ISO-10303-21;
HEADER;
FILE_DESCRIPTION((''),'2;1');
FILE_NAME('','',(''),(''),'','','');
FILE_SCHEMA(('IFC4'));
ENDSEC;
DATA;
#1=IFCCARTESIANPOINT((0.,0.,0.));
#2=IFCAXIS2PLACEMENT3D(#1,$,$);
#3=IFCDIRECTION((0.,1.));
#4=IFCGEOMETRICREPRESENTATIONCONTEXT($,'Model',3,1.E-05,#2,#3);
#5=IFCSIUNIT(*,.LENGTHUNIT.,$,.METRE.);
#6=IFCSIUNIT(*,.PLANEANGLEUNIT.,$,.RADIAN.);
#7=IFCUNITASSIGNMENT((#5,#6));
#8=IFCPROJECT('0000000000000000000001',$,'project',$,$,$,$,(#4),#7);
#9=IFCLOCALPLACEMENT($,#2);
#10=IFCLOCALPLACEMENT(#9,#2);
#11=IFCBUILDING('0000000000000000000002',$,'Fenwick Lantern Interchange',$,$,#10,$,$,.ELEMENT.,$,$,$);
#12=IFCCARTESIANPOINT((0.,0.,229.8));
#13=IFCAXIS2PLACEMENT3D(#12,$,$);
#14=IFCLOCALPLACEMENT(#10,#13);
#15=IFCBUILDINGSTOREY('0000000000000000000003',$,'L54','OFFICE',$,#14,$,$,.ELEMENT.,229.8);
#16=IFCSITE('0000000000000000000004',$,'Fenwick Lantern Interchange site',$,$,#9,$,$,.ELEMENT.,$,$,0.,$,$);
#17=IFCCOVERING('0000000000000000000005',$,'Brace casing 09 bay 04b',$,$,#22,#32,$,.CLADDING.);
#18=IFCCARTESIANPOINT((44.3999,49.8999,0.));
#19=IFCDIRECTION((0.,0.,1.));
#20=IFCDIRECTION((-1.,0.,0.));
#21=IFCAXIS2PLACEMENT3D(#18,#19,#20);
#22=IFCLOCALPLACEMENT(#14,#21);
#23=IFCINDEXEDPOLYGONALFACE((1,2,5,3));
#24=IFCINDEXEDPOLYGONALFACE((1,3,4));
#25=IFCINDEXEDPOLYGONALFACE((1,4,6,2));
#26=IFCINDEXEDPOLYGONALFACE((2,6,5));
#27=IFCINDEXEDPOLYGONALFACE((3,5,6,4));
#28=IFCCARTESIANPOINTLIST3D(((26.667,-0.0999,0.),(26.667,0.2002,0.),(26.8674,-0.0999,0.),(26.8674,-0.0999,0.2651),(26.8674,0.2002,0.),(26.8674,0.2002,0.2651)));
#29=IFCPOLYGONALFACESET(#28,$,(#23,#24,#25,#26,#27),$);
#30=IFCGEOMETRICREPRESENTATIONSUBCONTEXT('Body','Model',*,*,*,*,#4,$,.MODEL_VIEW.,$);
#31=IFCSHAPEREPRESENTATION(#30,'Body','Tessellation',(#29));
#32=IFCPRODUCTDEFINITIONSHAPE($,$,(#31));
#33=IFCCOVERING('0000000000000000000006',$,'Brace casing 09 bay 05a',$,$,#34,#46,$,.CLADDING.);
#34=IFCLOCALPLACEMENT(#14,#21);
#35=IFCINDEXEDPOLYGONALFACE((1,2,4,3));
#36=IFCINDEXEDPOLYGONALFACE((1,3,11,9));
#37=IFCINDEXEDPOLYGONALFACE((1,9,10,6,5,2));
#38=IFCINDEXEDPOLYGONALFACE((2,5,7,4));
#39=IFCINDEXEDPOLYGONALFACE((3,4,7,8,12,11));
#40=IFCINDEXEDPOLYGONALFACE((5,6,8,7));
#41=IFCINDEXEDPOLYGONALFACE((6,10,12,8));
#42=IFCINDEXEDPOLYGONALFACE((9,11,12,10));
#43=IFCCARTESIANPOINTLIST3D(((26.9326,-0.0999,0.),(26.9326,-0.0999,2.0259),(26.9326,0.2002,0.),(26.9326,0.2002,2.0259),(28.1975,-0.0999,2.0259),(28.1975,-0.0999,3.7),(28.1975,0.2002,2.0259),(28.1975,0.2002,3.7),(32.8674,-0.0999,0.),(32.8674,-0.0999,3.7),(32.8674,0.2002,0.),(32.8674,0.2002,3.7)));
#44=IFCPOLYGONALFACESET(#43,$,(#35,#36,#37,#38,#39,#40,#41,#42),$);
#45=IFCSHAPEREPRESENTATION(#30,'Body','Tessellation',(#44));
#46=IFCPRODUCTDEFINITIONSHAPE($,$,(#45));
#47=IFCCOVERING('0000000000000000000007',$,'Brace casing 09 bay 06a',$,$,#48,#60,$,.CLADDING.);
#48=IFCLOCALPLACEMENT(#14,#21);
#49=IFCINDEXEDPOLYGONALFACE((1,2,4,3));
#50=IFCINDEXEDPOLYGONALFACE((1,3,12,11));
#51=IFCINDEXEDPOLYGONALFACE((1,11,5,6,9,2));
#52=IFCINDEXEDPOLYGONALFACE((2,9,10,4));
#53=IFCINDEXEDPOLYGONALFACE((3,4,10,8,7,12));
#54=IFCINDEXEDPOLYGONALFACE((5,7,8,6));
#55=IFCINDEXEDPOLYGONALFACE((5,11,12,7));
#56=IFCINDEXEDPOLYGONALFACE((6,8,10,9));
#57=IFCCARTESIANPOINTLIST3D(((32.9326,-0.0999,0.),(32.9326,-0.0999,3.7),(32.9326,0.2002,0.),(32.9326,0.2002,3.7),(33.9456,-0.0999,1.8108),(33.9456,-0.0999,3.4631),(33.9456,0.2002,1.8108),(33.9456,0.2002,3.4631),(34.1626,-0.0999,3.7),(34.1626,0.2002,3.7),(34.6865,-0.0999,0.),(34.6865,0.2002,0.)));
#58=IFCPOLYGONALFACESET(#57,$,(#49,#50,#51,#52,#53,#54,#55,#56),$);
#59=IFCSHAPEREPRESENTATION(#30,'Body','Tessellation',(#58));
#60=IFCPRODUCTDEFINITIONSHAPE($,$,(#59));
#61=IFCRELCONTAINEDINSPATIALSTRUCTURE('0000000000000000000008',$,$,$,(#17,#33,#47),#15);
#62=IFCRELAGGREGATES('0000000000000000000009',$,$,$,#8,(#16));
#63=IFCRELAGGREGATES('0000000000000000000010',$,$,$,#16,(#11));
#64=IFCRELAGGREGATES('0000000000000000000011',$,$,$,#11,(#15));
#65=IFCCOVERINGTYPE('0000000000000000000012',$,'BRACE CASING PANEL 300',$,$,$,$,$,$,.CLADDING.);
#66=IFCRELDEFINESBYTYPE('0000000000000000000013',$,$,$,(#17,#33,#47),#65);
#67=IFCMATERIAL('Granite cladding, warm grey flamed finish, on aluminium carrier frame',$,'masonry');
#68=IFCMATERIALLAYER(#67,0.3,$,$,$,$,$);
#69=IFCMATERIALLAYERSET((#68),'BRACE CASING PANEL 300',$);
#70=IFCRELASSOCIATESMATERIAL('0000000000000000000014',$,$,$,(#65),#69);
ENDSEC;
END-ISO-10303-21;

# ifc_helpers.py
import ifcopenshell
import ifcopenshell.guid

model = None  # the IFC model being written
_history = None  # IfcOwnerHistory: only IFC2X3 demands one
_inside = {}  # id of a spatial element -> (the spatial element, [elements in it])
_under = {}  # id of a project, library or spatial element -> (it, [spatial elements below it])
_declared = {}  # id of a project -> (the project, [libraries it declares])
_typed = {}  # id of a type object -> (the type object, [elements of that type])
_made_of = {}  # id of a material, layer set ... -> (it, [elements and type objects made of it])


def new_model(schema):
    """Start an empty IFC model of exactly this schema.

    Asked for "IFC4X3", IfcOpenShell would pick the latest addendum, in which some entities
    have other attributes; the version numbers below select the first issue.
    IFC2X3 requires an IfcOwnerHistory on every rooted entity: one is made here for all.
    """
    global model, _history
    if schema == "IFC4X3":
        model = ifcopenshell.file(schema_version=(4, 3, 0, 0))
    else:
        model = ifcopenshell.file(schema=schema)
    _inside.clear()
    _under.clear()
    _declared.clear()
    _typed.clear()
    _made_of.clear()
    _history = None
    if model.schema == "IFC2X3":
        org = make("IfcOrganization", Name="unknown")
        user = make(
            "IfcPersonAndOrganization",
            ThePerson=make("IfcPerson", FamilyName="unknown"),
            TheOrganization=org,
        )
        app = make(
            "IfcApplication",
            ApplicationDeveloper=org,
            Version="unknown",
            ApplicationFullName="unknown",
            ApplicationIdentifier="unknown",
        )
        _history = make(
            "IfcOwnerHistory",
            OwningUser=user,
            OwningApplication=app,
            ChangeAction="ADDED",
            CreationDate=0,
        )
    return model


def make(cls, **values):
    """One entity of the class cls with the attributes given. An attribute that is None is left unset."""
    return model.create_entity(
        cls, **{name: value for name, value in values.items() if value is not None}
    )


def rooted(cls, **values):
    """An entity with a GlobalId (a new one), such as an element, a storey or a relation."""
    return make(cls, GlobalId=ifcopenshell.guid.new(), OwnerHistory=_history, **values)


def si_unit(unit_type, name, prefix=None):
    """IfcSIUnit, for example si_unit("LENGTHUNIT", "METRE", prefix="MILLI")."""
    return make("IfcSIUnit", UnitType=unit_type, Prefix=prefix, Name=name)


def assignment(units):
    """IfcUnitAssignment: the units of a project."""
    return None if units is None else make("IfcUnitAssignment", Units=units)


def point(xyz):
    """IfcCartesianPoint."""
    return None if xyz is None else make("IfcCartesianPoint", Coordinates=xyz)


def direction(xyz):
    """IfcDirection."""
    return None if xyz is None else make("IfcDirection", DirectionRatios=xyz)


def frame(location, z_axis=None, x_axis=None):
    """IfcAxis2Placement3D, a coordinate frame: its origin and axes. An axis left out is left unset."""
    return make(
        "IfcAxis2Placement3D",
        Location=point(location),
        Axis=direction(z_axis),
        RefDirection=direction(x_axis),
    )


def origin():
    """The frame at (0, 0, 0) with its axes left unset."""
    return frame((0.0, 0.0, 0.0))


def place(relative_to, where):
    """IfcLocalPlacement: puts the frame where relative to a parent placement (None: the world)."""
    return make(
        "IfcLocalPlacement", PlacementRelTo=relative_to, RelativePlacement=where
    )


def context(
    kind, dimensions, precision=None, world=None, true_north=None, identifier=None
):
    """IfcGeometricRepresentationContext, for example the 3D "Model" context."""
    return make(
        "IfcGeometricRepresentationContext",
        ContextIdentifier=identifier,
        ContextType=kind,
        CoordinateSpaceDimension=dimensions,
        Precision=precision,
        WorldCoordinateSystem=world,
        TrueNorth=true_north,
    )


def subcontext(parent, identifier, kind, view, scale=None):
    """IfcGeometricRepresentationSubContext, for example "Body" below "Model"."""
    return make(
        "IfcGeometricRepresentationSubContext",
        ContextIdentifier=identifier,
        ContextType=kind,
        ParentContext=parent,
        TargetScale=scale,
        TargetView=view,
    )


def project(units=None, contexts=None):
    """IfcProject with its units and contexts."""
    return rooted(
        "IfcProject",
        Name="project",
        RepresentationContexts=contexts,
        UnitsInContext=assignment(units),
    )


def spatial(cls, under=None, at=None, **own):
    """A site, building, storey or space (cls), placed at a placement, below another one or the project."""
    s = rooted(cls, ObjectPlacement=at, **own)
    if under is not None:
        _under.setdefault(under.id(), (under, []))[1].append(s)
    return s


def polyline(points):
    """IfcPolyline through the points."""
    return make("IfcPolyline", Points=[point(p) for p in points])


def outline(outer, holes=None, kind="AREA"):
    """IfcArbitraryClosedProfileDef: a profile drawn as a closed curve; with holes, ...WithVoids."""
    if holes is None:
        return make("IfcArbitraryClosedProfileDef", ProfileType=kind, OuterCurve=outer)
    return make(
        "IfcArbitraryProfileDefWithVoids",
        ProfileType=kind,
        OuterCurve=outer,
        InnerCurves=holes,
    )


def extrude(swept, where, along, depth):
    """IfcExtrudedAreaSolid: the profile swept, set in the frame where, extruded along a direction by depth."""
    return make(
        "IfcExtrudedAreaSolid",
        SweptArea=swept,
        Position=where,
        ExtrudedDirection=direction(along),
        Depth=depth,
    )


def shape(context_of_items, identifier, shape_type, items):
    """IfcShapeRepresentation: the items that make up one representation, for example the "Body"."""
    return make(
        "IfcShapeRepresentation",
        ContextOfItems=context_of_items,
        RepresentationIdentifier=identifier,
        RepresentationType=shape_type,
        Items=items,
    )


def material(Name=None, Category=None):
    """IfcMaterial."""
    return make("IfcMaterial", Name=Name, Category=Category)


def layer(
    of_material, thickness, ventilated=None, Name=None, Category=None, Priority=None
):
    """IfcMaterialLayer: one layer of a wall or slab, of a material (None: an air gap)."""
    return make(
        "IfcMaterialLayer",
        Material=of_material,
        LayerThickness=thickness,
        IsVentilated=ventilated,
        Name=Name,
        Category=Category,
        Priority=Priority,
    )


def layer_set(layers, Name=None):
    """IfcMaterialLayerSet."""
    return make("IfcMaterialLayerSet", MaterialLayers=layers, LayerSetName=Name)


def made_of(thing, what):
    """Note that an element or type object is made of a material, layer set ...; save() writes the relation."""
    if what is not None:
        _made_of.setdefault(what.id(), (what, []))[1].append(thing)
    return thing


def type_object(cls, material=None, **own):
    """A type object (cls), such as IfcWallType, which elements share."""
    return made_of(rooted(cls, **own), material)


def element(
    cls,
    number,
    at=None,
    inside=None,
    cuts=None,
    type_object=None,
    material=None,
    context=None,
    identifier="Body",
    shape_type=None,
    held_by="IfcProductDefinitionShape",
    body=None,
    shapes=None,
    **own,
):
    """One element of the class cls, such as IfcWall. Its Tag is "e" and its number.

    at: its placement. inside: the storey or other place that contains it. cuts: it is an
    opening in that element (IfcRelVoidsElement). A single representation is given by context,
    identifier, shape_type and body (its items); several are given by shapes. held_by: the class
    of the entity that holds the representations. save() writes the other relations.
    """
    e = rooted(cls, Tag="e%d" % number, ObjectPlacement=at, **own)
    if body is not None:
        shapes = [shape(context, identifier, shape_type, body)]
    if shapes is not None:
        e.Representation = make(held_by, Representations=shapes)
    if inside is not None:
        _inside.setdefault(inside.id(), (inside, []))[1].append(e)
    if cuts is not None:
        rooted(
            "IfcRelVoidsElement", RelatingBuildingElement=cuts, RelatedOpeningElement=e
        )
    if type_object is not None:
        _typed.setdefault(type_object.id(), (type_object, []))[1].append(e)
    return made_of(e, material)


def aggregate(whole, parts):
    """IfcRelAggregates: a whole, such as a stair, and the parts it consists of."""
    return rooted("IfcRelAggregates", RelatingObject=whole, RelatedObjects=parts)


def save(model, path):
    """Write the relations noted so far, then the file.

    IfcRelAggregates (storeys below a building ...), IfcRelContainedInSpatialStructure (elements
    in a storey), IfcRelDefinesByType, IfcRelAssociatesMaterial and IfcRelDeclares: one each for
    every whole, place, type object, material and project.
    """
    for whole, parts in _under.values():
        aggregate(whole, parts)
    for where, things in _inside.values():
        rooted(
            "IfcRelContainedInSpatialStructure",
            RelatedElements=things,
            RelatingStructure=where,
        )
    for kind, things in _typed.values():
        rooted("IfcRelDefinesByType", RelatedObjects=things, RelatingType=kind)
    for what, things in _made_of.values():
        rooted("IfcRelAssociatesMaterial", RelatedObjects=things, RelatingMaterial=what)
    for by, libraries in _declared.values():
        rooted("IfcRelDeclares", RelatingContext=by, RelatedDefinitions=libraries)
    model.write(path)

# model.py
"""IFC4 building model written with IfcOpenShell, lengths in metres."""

from ifc_helpers import new_model, si_unit, direction, frame, origin, place, context, subcontext, project, spatial, polyline, outline, extrude, material, layer, layer_set, type_object, element, save


model = new_model("IFC4")

# Units and contexts
model_context = context("Model", 3, precision=1e-05, world=origin(), true_north=direction((0.0, 1.0)))
body_context = subcontext(model_context, "Body", "Model", "MODEL_VIEW")
ifc_project = project(units=[si_unit("LENGTHUNIT", "METRE"), si_unit("PLANEANGLEUNIT", "RADIAN")], contexts=[model_context])

# Site, building, storey
site_placement = place(None, origin())
site = spatial("IfcSite", under=ifc_project, at=site_placement, Name="Fenwick Lantern Interchange site", CompositionType="ELEMENT", RefElevation=0.0)
building_placement = place(site_placement, origin())
building = spatial("IfcBuilding", under=site, at=building_placement, Name="Fenwick Lantern Interchange", CompositionType="ELEMENT")
storey_placement = place(building_placement, frame((0.0, 0.0, 229.8)))
storey = spatial("IfcBuildingStorey", under=building, at=storey_placement, Name="L54", Description="OFFICE", CompositionType="ELEMENT", Elevation=229.8)

# Coverings
ifc_material_1 = material(Name="Granite cladding, warm grey flamed finish, on aluminium carrier frame", Category="masonry")
ifc_layer_1 = layer(ifc_material_1, 0.3)
ifc_layer_set_1 = layer_set([ifc_layer_1], Name="BRACE CASING PANEL 300")
covering_type = type_object("IfcCoveringType", Name="BRACE CASING PANEL 300", PredefinedType="CLADDING", material=ifc_layer_set_1)
covering_1_placement = place(storey_placement, frame((44.3999, 49.8999, 0.0), z_axis=(0.0, 0.0, 1.0), x_axis=(-1.0, 0.0, 0.0)))
element("IfcCovering", 1, at=covering_1_placement, inside=storey, type_object=covering_type, Name="Brace casing 09 bay 04b", PredefinedType="CLADDING", context=body_context, shape_type="SweptSolid", body=[
    extrude(outline(polyline([(26.667, 0.0), (26.8674, 0.0), (26.8674, 0.2651), (26.667, 0.0)])), frame((0.0, 0.2002, 0.0), z_axis=(0.0, -1.0, 0.0), x_axis=(1.0, 0.0, 0.0)), (0.0, 0.0, 1.0), 0.3),
])
covering_2_placement = place(storey_placement, frame((44.3999, 49.8999, 0.0), z_axis=(0.0, 0.0, 1.0), x_axis=(-1.0, 0.0, 0.0)))
element("IfcCovering", 2, at=covering_2_placement, inside=storey, type_object=covering_type, Name="Brace casing 09 bay 05a", PredefinedType="CLADDING", context=body_context, shape_type="SweptSolid", body=[
    extrude(outline(polyline([(26.9326, 0.0), (32.8674, 0.0), (32.8674, 3.7), (28.1975, 3.7), (28.1975, 2.0259), (26.9326, 2.0259), (26.9326, 0.0)])), frame((0.0, 0.2002, 0.0), z_axis=(0.0, -1.0, 0.0), x_axis=(1.0, 0.0, 0.0)), (0.0, 0.0, 1.0), 0.3),
])
covering_3_placement = place(storey_placement, frame((44.3999, 49.8999, 0.0), z_axis=(0.0, 0.0, 1.0), x_axis=(-1.0, 0.0, 0.0)))
element("IfcCovering", 3, at=covering_3_placement, inside=storey, type_object=covering_type, Name="Brace casing 09 bay 06a", PredefinedType="CLADDING", context=body_context, shape_type="SweptSolid", body=[
    extrude(outline(polyline([(32.9326, 0.0), (34.6865, 0.0), (33.9456, 1.8108), (33.9456, 3.4631), (34.1626, 3.7), (32.9326, 3.7), (32.9326, 0.0)])), frame((0.0, 0.2002, 0.0), z_axis=(0.0, -1.0, 0.0), x_axis=(1.0, 0.0, 0.0)), (0.0, 0.0, 1.0), 0.3),
])

save(model, "model.ifc")
